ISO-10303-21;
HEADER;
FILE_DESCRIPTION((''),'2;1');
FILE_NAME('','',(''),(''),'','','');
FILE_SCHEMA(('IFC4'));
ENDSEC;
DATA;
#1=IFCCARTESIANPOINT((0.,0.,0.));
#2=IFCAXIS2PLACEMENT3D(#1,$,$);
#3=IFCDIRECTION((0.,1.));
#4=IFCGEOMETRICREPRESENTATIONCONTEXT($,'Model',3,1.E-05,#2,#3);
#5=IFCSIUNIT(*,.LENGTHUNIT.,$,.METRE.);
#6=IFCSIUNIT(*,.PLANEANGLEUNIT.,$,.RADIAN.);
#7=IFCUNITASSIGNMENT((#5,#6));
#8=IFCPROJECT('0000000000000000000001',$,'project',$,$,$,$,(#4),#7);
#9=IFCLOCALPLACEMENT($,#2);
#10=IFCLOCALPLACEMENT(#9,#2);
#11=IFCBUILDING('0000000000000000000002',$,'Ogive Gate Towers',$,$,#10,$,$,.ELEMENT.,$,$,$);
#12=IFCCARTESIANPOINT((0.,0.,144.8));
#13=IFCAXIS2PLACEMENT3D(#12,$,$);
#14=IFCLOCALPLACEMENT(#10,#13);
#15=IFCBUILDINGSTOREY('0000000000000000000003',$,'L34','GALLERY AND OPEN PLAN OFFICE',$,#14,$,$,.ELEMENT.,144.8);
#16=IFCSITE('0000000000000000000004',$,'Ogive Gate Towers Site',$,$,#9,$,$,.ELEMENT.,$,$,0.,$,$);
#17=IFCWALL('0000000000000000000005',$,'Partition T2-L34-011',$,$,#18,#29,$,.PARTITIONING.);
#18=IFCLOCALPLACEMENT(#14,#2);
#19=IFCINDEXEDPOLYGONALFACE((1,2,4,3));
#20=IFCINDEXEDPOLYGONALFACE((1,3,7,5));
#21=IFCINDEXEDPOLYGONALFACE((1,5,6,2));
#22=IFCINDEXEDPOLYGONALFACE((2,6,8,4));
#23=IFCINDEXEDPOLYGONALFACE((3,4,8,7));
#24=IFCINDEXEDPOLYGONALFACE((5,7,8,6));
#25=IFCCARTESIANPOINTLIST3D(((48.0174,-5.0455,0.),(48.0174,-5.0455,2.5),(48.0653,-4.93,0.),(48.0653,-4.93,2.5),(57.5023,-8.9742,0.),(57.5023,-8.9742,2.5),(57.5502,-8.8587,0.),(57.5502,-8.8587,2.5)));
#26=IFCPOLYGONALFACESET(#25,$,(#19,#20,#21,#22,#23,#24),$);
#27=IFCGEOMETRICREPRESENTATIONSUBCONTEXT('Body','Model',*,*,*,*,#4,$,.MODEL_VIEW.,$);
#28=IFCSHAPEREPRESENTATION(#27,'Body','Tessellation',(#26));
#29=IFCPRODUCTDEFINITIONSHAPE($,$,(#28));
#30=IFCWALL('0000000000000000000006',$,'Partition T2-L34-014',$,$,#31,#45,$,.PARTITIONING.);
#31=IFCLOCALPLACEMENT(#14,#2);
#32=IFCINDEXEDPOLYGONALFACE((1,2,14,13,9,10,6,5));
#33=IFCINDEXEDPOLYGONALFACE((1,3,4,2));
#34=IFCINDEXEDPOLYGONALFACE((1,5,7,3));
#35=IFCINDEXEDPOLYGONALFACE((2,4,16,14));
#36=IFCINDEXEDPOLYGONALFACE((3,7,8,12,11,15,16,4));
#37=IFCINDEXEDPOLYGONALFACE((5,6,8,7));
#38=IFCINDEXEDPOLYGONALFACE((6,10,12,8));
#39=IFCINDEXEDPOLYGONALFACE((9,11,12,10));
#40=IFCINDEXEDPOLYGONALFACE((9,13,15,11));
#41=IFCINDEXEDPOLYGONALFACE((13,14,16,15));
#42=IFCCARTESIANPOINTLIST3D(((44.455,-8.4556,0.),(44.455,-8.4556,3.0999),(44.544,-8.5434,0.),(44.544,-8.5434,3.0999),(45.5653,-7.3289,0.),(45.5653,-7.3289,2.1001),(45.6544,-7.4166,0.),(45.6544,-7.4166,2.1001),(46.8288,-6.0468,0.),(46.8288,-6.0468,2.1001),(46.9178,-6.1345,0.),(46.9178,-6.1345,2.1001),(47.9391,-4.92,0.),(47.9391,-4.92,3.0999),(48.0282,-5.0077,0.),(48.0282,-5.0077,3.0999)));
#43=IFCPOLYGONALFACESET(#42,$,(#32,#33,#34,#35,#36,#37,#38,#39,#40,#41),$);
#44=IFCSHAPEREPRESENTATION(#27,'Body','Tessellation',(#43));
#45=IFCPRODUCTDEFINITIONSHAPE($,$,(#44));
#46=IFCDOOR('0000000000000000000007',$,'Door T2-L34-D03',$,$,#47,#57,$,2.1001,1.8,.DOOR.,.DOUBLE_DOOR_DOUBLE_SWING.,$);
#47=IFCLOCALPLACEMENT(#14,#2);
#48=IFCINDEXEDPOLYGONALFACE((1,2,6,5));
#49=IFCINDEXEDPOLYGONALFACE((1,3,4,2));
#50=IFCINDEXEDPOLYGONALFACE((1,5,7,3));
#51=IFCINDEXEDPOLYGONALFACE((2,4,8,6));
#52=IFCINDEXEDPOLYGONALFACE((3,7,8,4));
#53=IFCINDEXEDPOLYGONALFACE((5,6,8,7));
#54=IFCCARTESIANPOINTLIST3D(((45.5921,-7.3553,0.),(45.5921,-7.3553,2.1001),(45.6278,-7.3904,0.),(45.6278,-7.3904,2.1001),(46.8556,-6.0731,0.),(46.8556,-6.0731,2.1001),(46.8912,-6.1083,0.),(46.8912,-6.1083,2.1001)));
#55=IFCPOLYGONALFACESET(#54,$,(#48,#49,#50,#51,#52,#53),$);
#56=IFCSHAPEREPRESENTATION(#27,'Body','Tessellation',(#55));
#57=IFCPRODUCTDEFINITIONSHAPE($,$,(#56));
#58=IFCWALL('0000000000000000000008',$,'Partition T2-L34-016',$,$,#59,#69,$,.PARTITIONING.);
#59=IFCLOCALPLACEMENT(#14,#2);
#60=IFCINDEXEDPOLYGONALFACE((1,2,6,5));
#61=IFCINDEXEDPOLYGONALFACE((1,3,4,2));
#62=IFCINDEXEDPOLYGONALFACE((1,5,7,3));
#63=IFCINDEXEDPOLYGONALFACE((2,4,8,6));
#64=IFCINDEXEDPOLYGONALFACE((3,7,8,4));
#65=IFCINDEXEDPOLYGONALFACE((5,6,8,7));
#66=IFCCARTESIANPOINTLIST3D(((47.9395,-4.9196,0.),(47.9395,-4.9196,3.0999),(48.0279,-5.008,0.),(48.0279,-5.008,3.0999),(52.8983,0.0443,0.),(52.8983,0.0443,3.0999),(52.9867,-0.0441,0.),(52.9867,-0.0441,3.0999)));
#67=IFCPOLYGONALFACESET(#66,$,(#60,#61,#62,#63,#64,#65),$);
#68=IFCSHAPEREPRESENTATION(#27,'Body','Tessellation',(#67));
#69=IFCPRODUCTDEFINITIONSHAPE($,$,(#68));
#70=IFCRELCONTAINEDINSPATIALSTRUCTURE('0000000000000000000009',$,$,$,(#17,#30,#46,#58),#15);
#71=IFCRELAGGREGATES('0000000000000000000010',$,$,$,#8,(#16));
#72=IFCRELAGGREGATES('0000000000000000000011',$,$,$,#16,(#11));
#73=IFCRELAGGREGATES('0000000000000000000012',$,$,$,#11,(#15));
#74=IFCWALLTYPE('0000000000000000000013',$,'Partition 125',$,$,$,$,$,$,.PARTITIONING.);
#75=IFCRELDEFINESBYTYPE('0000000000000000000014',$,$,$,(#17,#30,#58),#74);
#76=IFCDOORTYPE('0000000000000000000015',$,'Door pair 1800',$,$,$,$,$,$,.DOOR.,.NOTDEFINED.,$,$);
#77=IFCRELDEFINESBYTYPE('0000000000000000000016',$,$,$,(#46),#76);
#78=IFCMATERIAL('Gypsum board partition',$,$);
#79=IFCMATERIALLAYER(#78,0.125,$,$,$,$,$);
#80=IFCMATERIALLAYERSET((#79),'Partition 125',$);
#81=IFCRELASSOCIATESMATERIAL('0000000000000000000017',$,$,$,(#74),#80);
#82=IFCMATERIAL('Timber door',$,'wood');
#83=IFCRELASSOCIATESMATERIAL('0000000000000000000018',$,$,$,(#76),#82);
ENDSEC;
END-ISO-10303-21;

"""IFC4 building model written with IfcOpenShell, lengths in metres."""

from ifc_helpers import new_model, si_unit, direction, frame, frame_2d, origin, place, context, subcontext, project, spatial, rectangle, extrude, material, layer, layer_set, type_object, element, fill, save


model = new_model("IFC4")

# Units and contexts
model_context = context("Model", 3, precision=1e-05, world=origin(), true_north=direction((0.0, 1.0)))
body_context = subcontext(model_context, "Body", "Model", "MODEL_VIEW")
ifc_project = project(units=[si_unit("LENGTHUNIT", "METRE"), si_unit("PLANEANGLEUNIT", "RADIAN")], contexts=[model_context])

# Site, building, storey
site_placement = place(None, origin())
site = spatial("IfcSite", under=ifc_project, at=site_placement, Name="Ogive Gate Towers Site", CompositionType="ELEMENT", RefElevation=0.0)
building_placement = place(site_placement, origin())
building = spatial("IfcBuilding", under=site, at=building_placement, Name="Ogive Gate Towers", CompositionType="ELEMENT")
storey_placement = place(building_placement, frame((0.0, 0.0, 144.8)))
storey = spatial("IfcBuildingStorey", under=building, at=storey_placement, Name="L34", Description="GALLERY AND OPEN PLAN OFFICE", CompositionType="ELEMENT", Elevation=144.8)

# Wall
ifc_material_1 = material(Name="Gypsum board partition")
ifc_layer_1 = layer(ifc_material_1, 0.125)
ifc_layer_set_1 = layer_set([ifc_layer_1], Name="Partition 125")
wall_type = type_object("IfcWallType", Name="Partition 125", PredefinedType="PARTITIONING", material=ifc_layer_set_1)
wall_1_placement = place(storey_placement, frame((57.5264, -8.9165, 0.0), z_axis=(0.0, 0.0, 1.0), x_axis=(-0.923881, 0.382679, 0.0)))
element("IfcWall", 1, at=wall_1_placement, inside=storey, type_object=wall_type, Name="Partition T2-L34-011", PredefinedType="PARTITIONING", context=body_context, shape_type="SweptSolid", body=[
    extrude(rectangle(XDim=10.2664, YDim=0.125, at=frame_2d((5.1333, 0.0))), origin(), (0.0, 0.0, 1.0), 2.5),
])

# Wall, opening, door
wall_2_placement = place(storey_placement, frame((44.4995, -8.4995, 0.0), z_axis=(0.0, 0.0, 1.0), x_axis=(0.701899, 0.712277, 0.0)))
wall_2 = element("IfcWall", 2, at=wall_2_placement, inside=storey, type_object=wall_type, Name="Partition T2-L34-014", PredefinedType="PARTITIONING", context=body_context, shape_type="SweptSolid", body=[
    extrude(rectangle(XDim=4.9639, YDim=0.125, at=frame_2d((2.4819, 0.0))), origin(), (0.0, 0.0, 1.0), 3.0999),
])
opening_placement = place(wall_2_placement, frame((1.582, 0.0, 0.0)))
opening = element("IfcOpeningElement", 3, at=opening_placement, cuts=wall_2, PredefinedType="OPENING", context=body_context, shape_type="SweptSolid", body=[
    extrude(rectangle(XDim=1.8, YDim=2.1001, at=frame_2d((0.8999, 1.05))), frame((0.0, 0.0725, 0.0), z_axis=(0.0, -1.0, 0.0), x_axis=(1.0, 0.0, 0.0)), (0.0, 0.0, 1.0), 0.145),
])
ifc_material_2 = material(Name="Timber door", Category="wood")
door_type = type_object("IfcDoorType", Name="Door pair 1800", OperationType="NOTDEFINED", PredefinedType="DOOR", material=ifc_material_2)
door_placement = place(opening_placement, origin())
door = element("IfcDoor", 4, at=door_placement, inside=storey, type_object=door_type, Name="Door T2-L34-D03", OperationType="DOUBLE_DOOR_DOUBLE_SWING", OverallHeight=2.1001, OverallWidth=1.8, PredefinedType="DOOR", context=body_context, shape_type="SweptSolid", body=[
    extrude(rectangle(XDim=1.8, YDim=2.1001, at=frame_2d((0.8999, 1.05))), frame((0.0, 0.0249, 0.0), z_axis=(0.0, -1.0, 0.0), x_axis=(1.0, 0.0, 0.0)), (0.0, 0.0, 1.0), 0.05),
])
fill(opening, door)

# Wall
wall_3_placement = place(storey_placement, frame((47.9836, -4.9639, 0.0), z_axis=(0.0, 0.0, 1.0), x_axis=(0.706741, 0.707472, 0.0)))
element("IfcWall", 5, at=wall_3_placement, inside=storey, type_object=wall_type, Name="Partition T2-L34-016", PredefinedType="PARTITIONING", context=body_context, shape_type="SweptSolid", body=[
    extrude(rectangle(XDim=7.0164, YDim=0.125, at=frame_2d((3.5083, 0.0))), origin(), (0.0, 0.0, 1.0), 3.0999),
])

save(model, "model.ifc")
